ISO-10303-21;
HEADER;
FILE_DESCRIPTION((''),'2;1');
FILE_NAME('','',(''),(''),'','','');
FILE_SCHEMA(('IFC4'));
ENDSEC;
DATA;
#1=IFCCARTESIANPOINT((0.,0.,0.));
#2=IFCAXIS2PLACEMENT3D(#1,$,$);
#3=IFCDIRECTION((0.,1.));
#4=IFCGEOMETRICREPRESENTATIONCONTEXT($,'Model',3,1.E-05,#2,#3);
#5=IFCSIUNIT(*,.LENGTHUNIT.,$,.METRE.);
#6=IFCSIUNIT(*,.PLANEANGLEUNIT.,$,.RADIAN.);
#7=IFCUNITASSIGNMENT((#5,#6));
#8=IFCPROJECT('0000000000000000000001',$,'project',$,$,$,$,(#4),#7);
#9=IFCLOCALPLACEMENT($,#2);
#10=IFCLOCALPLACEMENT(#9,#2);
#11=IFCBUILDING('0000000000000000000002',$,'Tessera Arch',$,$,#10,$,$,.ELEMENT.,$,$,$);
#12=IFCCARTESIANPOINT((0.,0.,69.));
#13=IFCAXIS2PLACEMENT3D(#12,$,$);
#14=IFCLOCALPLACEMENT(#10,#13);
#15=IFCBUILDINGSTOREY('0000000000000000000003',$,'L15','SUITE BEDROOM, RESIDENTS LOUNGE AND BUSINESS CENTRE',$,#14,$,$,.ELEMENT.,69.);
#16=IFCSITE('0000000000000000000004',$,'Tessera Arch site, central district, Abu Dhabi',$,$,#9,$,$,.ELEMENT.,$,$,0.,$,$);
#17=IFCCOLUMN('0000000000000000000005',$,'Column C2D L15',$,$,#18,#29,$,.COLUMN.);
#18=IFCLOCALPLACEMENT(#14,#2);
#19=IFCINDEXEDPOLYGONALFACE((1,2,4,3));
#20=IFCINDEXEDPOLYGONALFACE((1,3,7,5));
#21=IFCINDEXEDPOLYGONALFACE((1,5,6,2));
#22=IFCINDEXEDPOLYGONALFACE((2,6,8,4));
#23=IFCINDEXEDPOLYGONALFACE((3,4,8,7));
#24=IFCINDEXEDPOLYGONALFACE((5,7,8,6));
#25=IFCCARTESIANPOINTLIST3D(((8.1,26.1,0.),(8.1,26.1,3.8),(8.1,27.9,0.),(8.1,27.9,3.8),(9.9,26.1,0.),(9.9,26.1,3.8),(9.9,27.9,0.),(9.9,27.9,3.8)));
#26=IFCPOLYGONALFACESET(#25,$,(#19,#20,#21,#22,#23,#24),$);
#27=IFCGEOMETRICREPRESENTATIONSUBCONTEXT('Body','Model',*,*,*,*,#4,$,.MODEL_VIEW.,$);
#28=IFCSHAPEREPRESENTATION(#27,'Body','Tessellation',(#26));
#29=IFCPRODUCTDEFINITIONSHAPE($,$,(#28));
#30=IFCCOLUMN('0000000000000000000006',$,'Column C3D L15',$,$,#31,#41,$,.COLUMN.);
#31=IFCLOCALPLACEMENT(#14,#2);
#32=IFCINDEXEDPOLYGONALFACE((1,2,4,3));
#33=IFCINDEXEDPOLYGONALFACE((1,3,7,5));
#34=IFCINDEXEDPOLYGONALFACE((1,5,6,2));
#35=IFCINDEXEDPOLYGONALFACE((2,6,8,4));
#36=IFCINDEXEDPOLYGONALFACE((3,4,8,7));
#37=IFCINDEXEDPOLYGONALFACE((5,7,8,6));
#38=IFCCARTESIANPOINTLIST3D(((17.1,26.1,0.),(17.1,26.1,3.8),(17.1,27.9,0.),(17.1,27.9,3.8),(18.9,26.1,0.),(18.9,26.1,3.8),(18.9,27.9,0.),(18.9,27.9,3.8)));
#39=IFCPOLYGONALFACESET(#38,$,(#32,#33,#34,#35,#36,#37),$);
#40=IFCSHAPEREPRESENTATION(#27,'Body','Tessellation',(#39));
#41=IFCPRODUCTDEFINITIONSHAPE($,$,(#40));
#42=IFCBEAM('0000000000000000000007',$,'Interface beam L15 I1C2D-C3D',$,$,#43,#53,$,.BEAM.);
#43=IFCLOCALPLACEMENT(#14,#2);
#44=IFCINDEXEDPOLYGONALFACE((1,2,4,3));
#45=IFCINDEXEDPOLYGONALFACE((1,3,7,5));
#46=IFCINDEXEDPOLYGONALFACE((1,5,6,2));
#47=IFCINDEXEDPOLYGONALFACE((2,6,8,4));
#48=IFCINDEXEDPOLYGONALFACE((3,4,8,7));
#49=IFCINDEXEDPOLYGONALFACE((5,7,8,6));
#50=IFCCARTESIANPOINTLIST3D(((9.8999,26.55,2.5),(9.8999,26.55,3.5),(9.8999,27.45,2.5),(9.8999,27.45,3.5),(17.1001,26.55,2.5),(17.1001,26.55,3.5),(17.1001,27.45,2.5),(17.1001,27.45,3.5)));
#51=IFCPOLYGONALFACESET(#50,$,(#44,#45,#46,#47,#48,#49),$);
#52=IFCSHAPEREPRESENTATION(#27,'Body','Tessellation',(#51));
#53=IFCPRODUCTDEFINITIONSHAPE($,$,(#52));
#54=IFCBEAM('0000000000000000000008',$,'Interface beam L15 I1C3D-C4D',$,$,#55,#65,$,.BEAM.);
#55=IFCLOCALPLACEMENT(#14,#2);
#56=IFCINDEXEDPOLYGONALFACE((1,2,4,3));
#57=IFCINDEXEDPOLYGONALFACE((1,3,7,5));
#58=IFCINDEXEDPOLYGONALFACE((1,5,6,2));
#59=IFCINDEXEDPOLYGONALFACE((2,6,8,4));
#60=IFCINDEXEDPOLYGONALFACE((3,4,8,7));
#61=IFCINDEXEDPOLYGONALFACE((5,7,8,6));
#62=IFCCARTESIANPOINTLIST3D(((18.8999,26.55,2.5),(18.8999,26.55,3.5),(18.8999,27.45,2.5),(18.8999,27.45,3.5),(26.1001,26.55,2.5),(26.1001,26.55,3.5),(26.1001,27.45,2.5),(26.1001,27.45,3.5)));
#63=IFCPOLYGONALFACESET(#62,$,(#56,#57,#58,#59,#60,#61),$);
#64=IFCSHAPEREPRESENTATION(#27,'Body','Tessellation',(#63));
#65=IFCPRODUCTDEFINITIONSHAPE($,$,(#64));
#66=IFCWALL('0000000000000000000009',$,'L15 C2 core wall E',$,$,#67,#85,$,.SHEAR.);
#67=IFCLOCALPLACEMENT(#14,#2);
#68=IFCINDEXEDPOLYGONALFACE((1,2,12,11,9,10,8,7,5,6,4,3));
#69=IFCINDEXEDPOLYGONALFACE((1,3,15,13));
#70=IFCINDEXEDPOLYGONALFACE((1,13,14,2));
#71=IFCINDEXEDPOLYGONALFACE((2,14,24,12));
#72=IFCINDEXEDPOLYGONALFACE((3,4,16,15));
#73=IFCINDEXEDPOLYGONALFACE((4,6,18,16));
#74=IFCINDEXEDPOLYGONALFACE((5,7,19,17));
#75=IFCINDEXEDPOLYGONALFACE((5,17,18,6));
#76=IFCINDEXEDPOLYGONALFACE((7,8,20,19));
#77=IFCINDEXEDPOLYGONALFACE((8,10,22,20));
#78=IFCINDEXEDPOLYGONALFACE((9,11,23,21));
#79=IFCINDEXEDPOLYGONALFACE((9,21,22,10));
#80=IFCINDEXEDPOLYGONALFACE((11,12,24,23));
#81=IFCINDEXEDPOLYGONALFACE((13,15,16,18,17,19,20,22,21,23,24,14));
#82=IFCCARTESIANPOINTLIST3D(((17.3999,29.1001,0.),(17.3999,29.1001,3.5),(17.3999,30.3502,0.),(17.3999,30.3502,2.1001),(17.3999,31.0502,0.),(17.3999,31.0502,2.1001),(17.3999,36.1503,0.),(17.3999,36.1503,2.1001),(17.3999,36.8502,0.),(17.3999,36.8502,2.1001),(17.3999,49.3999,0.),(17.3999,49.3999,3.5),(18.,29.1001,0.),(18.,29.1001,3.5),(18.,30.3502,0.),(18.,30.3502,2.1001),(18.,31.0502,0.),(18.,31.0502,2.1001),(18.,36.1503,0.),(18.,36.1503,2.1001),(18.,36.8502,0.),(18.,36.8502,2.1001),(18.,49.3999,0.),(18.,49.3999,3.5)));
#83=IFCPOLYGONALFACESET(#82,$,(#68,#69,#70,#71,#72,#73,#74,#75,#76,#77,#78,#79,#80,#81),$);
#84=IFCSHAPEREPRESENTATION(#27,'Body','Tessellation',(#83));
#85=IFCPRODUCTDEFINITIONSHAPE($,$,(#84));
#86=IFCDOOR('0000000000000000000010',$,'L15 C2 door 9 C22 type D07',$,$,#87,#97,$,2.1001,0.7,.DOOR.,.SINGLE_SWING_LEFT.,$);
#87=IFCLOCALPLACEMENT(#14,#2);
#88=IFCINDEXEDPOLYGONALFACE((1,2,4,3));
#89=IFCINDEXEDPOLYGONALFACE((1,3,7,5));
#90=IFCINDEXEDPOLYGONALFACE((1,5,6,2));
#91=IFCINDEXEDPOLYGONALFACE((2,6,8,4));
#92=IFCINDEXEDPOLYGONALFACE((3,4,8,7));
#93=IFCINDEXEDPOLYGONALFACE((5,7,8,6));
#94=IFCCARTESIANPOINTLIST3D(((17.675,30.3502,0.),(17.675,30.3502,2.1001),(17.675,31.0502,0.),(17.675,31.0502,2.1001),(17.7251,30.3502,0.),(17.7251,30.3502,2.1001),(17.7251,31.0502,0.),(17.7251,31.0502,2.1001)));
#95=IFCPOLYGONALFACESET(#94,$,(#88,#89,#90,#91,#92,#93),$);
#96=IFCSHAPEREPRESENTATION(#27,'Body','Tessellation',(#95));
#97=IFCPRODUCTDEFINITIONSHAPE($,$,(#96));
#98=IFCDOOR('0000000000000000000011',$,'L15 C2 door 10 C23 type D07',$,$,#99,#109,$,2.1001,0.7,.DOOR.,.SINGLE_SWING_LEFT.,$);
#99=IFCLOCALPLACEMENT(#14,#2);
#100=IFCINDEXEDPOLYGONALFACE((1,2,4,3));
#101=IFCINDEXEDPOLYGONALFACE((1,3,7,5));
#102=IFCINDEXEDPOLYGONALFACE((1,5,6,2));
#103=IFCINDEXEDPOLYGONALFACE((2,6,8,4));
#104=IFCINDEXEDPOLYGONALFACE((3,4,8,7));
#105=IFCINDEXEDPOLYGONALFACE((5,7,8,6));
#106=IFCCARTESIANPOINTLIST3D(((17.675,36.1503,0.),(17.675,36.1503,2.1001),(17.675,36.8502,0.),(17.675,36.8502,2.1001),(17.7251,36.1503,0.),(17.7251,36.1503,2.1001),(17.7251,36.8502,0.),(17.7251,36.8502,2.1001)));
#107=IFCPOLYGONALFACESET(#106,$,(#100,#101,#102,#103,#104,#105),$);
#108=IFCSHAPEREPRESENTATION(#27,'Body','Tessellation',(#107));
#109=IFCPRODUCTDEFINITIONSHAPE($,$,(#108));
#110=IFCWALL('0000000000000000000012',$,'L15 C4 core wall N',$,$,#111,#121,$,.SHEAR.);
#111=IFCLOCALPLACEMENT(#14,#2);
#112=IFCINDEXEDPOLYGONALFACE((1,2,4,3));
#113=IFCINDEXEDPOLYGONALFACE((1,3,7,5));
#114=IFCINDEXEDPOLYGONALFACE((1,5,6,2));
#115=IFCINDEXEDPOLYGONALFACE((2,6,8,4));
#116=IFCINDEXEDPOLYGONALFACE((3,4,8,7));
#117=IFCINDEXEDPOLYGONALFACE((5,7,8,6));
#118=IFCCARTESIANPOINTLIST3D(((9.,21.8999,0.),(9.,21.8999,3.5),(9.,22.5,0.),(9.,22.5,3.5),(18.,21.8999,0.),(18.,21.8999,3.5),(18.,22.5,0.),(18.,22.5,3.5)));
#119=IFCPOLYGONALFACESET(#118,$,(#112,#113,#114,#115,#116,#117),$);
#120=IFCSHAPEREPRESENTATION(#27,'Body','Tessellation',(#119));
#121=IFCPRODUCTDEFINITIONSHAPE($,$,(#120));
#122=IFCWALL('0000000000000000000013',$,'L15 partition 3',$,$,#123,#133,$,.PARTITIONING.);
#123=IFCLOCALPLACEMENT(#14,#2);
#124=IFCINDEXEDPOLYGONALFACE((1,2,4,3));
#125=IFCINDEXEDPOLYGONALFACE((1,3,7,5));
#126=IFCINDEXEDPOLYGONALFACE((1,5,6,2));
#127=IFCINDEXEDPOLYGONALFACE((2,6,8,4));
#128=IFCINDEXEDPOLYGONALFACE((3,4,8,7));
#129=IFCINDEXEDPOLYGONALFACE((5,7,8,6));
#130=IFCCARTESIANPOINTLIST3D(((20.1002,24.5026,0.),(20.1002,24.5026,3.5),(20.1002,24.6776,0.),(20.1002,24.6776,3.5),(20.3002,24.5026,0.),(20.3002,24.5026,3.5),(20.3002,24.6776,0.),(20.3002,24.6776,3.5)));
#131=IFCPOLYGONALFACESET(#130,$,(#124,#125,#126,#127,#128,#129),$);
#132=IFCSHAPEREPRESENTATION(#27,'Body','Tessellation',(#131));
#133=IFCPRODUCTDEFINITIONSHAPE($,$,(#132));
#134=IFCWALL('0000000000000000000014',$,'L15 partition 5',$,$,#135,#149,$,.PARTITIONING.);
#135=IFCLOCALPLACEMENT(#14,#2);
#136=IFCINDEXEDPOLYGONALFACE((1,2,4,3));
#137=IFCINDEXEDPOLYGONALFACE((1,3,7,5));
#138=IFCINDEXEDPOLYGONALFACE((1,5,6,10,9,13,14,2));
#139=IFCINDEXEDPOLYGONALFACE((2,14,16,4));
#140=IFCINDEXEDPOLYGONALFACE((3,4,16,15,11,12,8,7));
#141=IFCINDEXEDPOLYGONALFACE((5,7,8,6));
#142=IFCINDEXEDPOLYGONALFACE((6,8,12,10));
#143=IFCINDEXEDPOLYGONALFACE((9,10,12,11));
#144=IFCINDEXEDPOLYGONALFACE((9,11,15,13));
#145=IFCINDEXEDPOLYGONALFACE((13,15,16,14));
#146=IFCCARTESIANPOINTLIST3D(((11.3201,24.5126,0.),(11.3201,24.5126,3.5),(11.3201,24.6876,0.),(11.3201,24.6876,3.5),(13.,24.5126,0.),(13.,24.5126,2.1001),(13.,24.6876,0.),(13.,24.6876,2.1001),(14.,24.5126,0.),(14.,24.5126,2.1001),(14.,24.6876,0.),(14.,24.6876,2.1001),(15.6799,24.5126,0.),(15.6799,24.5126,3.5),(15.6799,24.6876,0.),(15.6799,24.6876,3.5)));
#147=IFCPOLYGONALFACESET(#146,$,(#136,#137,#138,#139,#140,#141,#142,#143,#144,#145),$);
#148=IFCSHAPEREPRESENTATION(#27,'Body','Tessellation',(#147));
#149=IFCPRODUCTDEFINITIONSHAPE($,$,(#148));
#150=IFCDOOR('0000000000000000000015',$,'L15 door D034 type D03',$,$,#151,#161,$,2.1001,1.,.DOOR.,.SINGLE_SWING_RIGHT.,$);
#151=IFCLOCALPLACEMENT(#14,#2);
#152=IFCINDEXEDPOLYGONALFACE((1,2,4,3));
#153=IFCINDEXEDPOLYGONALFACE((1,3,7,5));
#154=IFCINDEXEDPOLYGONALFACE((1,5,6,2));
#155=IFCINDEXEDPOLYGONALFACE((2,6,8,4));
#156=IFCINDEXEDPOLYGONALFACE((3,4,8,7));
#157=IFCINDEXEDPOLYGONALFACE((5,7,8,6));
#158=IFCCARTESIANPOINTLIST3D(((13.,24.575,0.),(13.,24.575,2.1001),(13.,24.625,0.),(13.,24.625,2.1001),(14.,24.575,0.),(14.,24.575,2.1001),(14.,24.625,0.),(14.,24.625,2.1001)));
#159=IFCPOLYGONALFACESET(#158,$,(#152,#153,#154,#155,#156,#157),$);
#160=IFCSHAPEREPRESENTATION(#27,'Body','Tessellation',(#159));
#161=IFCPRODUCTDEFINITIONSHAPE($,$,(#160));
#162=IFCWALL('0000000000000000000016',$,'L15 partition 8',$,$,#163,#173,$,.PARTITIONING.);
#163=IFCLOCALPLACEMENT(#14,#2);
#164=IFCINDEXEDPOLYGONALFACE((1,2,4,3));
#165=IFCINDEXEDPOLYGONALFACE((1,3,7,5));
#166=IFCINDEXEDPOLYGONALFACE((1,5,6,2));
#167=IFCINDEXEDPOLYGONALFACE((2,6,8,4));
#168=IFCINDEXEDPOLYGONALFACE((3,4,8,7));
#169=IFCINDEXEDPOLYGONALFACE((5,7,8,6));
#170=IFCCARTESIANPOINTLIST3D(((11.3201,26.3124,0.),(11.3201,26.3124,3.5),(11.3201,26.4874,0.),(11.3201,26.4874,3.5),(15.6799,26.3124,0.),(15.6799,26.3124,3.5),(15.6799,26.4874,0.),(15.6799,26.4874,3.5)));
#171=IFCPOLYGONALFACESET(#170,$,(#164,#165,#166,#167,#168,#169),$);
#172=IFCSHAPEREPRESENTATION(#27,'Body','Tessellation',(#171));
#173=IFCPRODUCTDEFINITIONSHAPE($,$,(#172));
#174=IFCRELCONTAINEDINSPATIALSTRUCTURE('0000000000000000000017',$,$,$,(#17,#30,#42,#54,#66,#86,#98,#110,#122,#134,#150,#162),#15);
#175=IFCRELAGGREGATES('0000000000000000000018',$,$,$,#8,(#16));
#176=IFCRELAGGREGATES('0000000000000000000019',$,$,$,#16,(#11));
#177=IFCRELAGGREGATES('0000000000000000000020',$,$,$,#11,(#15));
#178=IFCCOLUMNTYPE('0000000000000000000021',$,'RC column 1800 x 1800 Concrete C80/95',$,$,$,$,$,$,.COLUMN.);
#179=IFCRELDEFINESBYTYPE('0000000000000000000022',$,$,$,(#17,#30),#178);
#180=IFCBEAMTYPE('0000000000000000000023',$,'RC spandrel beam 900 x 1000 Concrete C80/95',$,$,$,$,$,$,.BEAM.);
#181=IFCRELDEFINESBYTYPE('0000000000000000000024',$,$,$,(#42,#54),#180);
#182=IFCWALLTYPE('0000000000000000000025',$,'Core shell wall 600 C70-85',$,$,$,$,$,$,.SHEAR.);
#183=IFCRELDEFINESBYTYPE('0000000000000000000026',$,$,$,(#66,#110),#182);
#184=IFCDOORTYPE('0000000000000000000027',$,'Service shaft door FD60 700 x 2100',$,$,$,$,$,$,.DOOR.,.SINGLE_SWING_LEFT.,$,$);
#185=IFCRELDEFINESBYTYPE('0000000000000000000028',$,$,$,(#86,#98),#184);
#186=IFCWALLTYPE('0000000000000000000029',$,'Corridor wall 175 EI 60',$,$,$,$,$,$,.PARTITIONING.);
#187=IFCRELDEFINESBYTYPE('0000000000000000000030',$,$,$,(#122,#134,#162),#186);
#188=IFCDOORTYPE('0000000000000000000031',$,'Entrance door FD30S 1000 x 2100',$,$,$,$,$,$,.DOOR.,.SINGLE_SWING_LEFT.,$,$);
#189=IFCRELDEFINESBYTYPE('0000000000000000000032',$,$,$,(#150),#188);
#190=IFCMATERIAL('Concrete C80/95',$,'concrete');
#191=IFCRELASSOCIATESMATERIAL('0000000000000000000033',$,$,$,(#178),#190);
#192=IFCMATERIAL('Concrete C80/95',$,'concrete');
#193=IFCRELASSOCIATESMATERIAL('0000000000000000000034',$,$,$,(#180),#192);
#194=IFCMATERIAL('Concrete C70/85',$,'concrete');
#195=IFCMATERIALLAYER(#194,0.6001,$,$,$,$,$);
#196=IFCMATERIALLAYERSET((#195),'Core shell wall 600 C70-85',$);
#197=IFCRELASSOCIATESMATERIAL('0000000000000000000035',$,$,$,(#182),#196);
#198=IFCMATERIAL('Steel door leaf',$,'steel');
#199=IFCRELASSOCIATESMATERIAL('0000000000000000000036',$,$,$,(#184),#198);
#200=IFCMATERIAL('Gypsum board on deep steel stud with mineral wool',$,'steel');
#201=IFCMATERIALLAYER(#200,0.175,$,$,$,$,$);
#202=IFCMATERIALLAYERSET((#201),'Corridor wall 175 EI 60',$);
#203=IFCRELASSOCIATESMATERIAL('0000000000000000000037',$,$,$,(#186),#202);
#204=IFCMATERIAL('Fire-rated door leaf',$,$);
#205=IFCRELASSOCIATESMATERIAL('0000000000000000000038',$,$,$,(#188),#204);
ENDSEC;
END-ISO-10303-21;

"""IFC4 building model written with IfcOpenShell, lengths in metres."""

from ifc_helpers import new_model, si_unit, direction, frame, frame_2d, origin, origin_2d, place, context, subcontext, project, spatial, rectangle, extrude, material, layer, layer_set, material_profile, profile_set, type_object, element, fill, save


model = new_model("IFC4")

# Units and contexts
model_context = context("Model", 3, precision=1e-05, world=origin(), true_north=direction((0.0, 1.0)))
body_context = subcontext(model_context, "Body", "Model", "MODEL_VIEW")
ifc_project = project(units=[si_unit("LENGTHUNIT", "METRE"), si_unit("PLANEANGLEUNIT", "RADIAN")], contexts=[model_context])

# Site, building, storey
site_placement = place(None, origin())
site = spatial("IfcSite", under=ifc_project, at=site_placement, Name="Tessera Arch site, central district, Abu Dhabi", CompositionType="ELEMENT", RefElevation=0.0)
building_placement = place(site_placement, origin())
building = spatial("IfcBuilding", under=site, at=building_placement, Name="Tessera Arch", CompositionType="ELEMENT")
storey_placement = place(building_placement, frame((0.0, 0.0, 69.0)))
storey = spatial("IfcBuildingStorey", under=building, at=storey_placement, Name="L15", Description="SUITE BEDROOM, RESIDENTS LOUNGE AND BUSINESS CENTRE", CompositionType="ELEMENT", Elevation=69.0)

# Columns
ifc_material_1 = material(Name="Concrete C80/95", Category="concrete")
ifc_material_profile_1 = material_profile(ifc_material_1, rectangle(XDim=1.8, YDim=1.8, at=origin_2d()), Name="RC column 1800 x 1800 Concrete C80/95")
ifc_profile_set_1 = profile_set([ifc_material_profile_1], Name="Concrete C80/95")
column_type = type_object("IfcColumnType", Name="RC column 1800 x 1800 Concrete C80/95", PredefinedType="COLUMN", material=ifc_profile_set_1)
for number, where, z_axis, x_axis, name in (
    (1, (9.0, 27.0, 0.0), (0.0, 0.0, 1.0), (1.0, 0.0, 0.0), "Column C2D L15"),
    (2, (18.0, 27.0, 0.0), (0.0, 0.0, 1.0), (1.0, 0.0, 0.0), "Column C3D L15"),
):
    element("IfcColumn", number, at=place(storey_placement, frame(where, z_axis=z_axis, x_axis=x_axis)), inside=storey, type_object=column_type, Name=name, PredefinedType="COLUMN", context=body_context, shape_type="SweptSolid", body=[
        extrude(rectangle(XDim=1.8, YDim=1.8, at=origin_2d()), origin(), (0.0, 0.0, 1.0), 3.8),
    ])

# Beams
ifc_material_2 = material(Name="Concrete C80/95", Category="concrete")
ifc_material_profile_2 = material_profile(ifc_material_2, rectangle(XDim=0.8999, YDim=1.0, at=origin_2d()), Name="RC spandrel beam 900 x 1000 Concrete C80/95")
ifc_profile_set_2 = profile_set([ifc_material_profile_2], Name="Concrete C80/95")
beam_type = type_object("IfcBeamType", Name="RC spandrel beam 900 x 1000 Concrete C80/95", PredefinedType="BEAM", material=ifc_profile_set_2)
for number, where, z_axis, x_axis, name in (
    (3, (9.8999, 27.0, 3.0), (1.0, 0.0, 0.0), (0.0, 1.0, 0.0), "Interface beam L15 I1C2D-C3D"),
    (4, (18.8999, 27.0, 3.0), (1.0, 0.0, 0.0), (0.0, 1.0, 0.0), "Interface beam L15 I1C3D-C4D"),
):
    element("IfcBeam", number, at=place(storey_placement, frame(where, z_axis=z_axis, x_axis=x_axis)), inside=storey, type_object=beam_type, Name=name, PredefinedType="BEAM", context=body_context, shape_type="SweptSolid", body=[
        extrude(rectangle(XDim=0.8999, YDim=1.0, at=origin_2d()), origin(), (0.0, 0.0, 1.0), 7.2002),
    ])

# Wall, openings, doors
ifc_material_3 = material(Name="Concrete C70/85", Category="concrete")
ifc_layer_1 = layer(ifc_material_3, 0.6001)
ifc_layer_set_1 = layer_set([ifc_layer_1], Name="Core shell wall 600 C70-85")
wall_type_1 = type_object("IfcWallType", Name="Core shell wall 600 C70-85", PredefinedType="SHEAR", material=ifc_layer_set_1)
wall_1_placement = place(storey_placement, frame((17.7, 29.1001, 0.0), z_axis=(0.0, 0.0, 1.0), x_axis=(0.0, 1.0, 0.0)))
wall_1 = element("IfcWall", 5, at=wall_1_placement, inside=storey, type_object=wall_type_1, Name="L15 C2 core wall E", PredefinedType="SHEAR", context=body_context, shape_type="SweptSolid", body=[
    extrude(rectangle(XDim=20.2998, YDim=0.6001, at=frame_2d((10.1499, 0.0))), origin(), (0.0, 0.0, 1.0), 3.5),
])
opening_1_placement = place(wall_1_placement, frame((1.25, 0.0, 0.0)))
opening_1 = element("IfcOpeningElement", 6, at=opening_1_placement, cuts=wall_1, PredefinedType="OPENING", context=body_context, shape_type="SweptSolid", body=[
    extrude(rectangle(XDim=0.7, YDim=2.1001, at=frame_2d((0.3501, 1.05))), frame((0.0, 0.3101, 0.0), z_axis=(0.0, -1.0, 0.0), x_axis=(1.0, 0.0, 0.0)), (0.0, 0.0, 1.0), 0.6201),
])
opening_2_placement = place(wall_1_placement, frame((7.05, 0.0, 0.0)))
opening_2 = element("IfcOpeningElement", 7, at=opening_2_placement, cuts=wall_1, PredefinedType="OPENING", context=body_context, shape_type="SweptSolid", body=[
    extrude(rectangle(XDim=0.7, YDim=2.1001, at=frame_2d((0.3501, 1.05))), frame((0.0, 0.3101, 0.0), z_axis=(0.0, -1.0, 0.0), x_axis=(1.0, 0.0, 0.0)), (0.0, 0.0, 1.0), 0.6201),
])
ifc_material_4 = material(Name="Steel door leaf", Category="steel")
door_type_1 = type_object("IfcDoorType", Name="Service shaft door FD60 700 x 2100", OperationType="SINGLE_SWING_LEFT", PredefinedType="DOOR", material=ifc_material_4)
door_1_placement = place(opening_1_placement, origin())
door_1 = element("IfcDoor", 8, at=door_1_placement, inside=storey, type_object=door_type_1, Name="L15 C2 door 9 C22 type D07", OperationType="SINGLE_SWING_LEFT", OverallHeight=2.1001, OverallWidth=0.7, PredefinedType="DOOR", context=body_context, shape_type="SweptSolid", body=[
    extrude(rectangle(XDim=0.7, YDim=2.1001, at=frame_2d((0.3501, 1.05))), frame((0.0, 0.0249, 0.0), z_axis=(0.0, -1.0, 0.0), x_axis=(1.0, 0.0, 0.0)), (0.0, 0.0, 1.0), 0.05),
])
fill(opening_1, door_1)
door_2_placement = place(opening_2_placement, origin())
door_2 = element("IfcDoor", 9, at=door_2_placement, inside=storey, type_object=door_type_1, Name="L15 C2 door 10 C23 type D07", OperationType="SINGLE_SWING_LEFT", OverallHeight=2.1001, OverallWidth=0.7, PredefinedType="DOOR", context=body_context, shape_type="SweptSolid", body=[
    extrude(rectangle(XDim=0.7, YDim=2.1001, at=frame_2d((0.3501, 1.05))), frame((0.0, 0.0249, 0.0), z_axis=(0.0, -1.0, 0.0), x_axis=(1.0, 0.0, 0.0)), (0.0, 0.0, 1.0), 0.05),
])
fill(opening_2, door_2)

# Walls
wall_2_placement = place(storey_placement, frame((9.0, 22.2, 0.0), z_axis=(0.0, 0.0, 1.0), x_axis=(1.0, 0.0, 0.0)))
element("IfcWall", 10, at=wall_2_placement, inside=storey, type_object=wall_type_1, Name="L15 C4 core wall N", PredefinedType="SHEAR", context=body_context, shape_type="SweptSolid", body=[
    extrude(rectangle(XDim=9.0, YDim=0.6001, at=frame_2d((4.5, 0.0))), origin(), (0.0, 0.0, 1.0), 3.5),
])
ifc_material_5 = material(Name="Gypsum board on deep steel stud with mineral wool", Category="steel")
ifc_layer_2 = layer(ifc_material_5, 0.175)
ifc_layer_set_2 = layer_set([ifc_layer_2], Name="Corridor wall 175 EI 60")
wall_type_2 = type_object("IfcWallType", Name="Corridor wall 175 EI 60", PredefinedType="PARTITIONING", material=ifc_layer_set_2)
wall_3_placement = place(storey_placement, frame((20.1001, 24.5901, 0.0), z_axis=(0.0, 0.0, 1.0), x_axis=(1.0, 0.0, 0.0)))
element("IfcWall", 11, at=wall_3_placement, inside=storey, type_object=wall_type_2, Name="L15 partition 3", PredefinedType="PARTITIONING", context=body_context, shape_type="SweptSolid", body=[
    extrude(rectangle(XDim=0.2, YDim=0.175, at=frame_2d((0.1001, 0.0))), origin(), (0.0, 0.0, 1.0), 3.5),
])

# Wall, opening, door
wall_4_placement = place(storey_placement, frame((11.3201, 24.6001, 0.0), z_axis=(0.0, 0.0, 1.0), x_axis=(1.0, 0.0, 0.0)))
wall_4 = element("IfcWall", 12, at=wall_4_placement, inside=storey, type_object=wall_type_2, Name="L15 partition 5", PredefinedType="PARTITIONING", context=body_context, shape_type="SweptSolid", body=[
    extrude(rectangle(XDim=4.3599, YDim=0.175, at=frame_2d((2.1799, 0.0))), origin(), (0.0, 0.0, 1.0), 3.5),
])
opening_3_placement = place(wall_4_placement, frame((1.6799, 0.0, 0.0)))
opening_3 = element("IfcOpeningElement", 13, at=opening_3_placement, cuts=wall_4, PredefinedType="OPENING", context=body_context, shape_type="SweptSolid", body=[
    extrude(rectangle(XDim=1.0, YDim=2.1001, at=frame_2d((0.5, 1.05))), frame((0.0, 0.0974, 0.0), z_axis=(0.0, -1.0, 0.0), x_axis=(1.0, 0.0, 0.0)), (0.0, 0.0, 1.0), 0.1951),
])
ifc_material_6 = material(Name="Fire-rated door leaf")
door_type_2 = type_object("IfcDoorType", Name="Entrance door FD30S 1000 x 2100", OperationType="SINGLE_SWING_LEFT", PredefinedType="DOOR", material=ifc_material_6)
door_3_placement = place(opening_3_placement, origin())
door_3 = element("IfcDoor", 14, at=door_3_placement, inside=storey, type_object=door_type_2, Name="L15 door D034 type D03", OperationType="SINGLE_SWING_RIGHT", OverallHeight=2.1001, OverallWidth=1.0, PredefinedType="DOOR", context=body_context, shape_type="SweptSolid", body=[
    extrude(rectangle(XDim=1.0, YDim=2.1001, at=frame_2d((0.5, 1.05))), frame((0.0, 0.0249, 0.0), z_axis=(0.0, -1.0, 0.0), x_axis=(1.0, 0.0, 0.0)), (0.0, 0.0, 1.0), 0.05),
])
fill(opening_3, door_3)

# Wall
wall_5_placement = place(storey_placement, frame((11.3201, 26.3999, 0.0), z_axis=(0.0, 0.0, 1.0), x_axis=(1.0, 0.0, 0.0)))
element("IfcWall", 15, at=wall_5_placement, inside=storey, type_object=wall_type_2, Name="L15 partition 8", PredefinedType="PARTITIONING", context=body_context, shape_type="SweptSolid", body=[
    extrude(rectangle(XDim=4.3599, YDim=0.175, at=frame_2d((2.1799, 0.0))), origin(), (0.0, 0.0, 1.0), 3.5),
])

save(model, "model.ifc")
